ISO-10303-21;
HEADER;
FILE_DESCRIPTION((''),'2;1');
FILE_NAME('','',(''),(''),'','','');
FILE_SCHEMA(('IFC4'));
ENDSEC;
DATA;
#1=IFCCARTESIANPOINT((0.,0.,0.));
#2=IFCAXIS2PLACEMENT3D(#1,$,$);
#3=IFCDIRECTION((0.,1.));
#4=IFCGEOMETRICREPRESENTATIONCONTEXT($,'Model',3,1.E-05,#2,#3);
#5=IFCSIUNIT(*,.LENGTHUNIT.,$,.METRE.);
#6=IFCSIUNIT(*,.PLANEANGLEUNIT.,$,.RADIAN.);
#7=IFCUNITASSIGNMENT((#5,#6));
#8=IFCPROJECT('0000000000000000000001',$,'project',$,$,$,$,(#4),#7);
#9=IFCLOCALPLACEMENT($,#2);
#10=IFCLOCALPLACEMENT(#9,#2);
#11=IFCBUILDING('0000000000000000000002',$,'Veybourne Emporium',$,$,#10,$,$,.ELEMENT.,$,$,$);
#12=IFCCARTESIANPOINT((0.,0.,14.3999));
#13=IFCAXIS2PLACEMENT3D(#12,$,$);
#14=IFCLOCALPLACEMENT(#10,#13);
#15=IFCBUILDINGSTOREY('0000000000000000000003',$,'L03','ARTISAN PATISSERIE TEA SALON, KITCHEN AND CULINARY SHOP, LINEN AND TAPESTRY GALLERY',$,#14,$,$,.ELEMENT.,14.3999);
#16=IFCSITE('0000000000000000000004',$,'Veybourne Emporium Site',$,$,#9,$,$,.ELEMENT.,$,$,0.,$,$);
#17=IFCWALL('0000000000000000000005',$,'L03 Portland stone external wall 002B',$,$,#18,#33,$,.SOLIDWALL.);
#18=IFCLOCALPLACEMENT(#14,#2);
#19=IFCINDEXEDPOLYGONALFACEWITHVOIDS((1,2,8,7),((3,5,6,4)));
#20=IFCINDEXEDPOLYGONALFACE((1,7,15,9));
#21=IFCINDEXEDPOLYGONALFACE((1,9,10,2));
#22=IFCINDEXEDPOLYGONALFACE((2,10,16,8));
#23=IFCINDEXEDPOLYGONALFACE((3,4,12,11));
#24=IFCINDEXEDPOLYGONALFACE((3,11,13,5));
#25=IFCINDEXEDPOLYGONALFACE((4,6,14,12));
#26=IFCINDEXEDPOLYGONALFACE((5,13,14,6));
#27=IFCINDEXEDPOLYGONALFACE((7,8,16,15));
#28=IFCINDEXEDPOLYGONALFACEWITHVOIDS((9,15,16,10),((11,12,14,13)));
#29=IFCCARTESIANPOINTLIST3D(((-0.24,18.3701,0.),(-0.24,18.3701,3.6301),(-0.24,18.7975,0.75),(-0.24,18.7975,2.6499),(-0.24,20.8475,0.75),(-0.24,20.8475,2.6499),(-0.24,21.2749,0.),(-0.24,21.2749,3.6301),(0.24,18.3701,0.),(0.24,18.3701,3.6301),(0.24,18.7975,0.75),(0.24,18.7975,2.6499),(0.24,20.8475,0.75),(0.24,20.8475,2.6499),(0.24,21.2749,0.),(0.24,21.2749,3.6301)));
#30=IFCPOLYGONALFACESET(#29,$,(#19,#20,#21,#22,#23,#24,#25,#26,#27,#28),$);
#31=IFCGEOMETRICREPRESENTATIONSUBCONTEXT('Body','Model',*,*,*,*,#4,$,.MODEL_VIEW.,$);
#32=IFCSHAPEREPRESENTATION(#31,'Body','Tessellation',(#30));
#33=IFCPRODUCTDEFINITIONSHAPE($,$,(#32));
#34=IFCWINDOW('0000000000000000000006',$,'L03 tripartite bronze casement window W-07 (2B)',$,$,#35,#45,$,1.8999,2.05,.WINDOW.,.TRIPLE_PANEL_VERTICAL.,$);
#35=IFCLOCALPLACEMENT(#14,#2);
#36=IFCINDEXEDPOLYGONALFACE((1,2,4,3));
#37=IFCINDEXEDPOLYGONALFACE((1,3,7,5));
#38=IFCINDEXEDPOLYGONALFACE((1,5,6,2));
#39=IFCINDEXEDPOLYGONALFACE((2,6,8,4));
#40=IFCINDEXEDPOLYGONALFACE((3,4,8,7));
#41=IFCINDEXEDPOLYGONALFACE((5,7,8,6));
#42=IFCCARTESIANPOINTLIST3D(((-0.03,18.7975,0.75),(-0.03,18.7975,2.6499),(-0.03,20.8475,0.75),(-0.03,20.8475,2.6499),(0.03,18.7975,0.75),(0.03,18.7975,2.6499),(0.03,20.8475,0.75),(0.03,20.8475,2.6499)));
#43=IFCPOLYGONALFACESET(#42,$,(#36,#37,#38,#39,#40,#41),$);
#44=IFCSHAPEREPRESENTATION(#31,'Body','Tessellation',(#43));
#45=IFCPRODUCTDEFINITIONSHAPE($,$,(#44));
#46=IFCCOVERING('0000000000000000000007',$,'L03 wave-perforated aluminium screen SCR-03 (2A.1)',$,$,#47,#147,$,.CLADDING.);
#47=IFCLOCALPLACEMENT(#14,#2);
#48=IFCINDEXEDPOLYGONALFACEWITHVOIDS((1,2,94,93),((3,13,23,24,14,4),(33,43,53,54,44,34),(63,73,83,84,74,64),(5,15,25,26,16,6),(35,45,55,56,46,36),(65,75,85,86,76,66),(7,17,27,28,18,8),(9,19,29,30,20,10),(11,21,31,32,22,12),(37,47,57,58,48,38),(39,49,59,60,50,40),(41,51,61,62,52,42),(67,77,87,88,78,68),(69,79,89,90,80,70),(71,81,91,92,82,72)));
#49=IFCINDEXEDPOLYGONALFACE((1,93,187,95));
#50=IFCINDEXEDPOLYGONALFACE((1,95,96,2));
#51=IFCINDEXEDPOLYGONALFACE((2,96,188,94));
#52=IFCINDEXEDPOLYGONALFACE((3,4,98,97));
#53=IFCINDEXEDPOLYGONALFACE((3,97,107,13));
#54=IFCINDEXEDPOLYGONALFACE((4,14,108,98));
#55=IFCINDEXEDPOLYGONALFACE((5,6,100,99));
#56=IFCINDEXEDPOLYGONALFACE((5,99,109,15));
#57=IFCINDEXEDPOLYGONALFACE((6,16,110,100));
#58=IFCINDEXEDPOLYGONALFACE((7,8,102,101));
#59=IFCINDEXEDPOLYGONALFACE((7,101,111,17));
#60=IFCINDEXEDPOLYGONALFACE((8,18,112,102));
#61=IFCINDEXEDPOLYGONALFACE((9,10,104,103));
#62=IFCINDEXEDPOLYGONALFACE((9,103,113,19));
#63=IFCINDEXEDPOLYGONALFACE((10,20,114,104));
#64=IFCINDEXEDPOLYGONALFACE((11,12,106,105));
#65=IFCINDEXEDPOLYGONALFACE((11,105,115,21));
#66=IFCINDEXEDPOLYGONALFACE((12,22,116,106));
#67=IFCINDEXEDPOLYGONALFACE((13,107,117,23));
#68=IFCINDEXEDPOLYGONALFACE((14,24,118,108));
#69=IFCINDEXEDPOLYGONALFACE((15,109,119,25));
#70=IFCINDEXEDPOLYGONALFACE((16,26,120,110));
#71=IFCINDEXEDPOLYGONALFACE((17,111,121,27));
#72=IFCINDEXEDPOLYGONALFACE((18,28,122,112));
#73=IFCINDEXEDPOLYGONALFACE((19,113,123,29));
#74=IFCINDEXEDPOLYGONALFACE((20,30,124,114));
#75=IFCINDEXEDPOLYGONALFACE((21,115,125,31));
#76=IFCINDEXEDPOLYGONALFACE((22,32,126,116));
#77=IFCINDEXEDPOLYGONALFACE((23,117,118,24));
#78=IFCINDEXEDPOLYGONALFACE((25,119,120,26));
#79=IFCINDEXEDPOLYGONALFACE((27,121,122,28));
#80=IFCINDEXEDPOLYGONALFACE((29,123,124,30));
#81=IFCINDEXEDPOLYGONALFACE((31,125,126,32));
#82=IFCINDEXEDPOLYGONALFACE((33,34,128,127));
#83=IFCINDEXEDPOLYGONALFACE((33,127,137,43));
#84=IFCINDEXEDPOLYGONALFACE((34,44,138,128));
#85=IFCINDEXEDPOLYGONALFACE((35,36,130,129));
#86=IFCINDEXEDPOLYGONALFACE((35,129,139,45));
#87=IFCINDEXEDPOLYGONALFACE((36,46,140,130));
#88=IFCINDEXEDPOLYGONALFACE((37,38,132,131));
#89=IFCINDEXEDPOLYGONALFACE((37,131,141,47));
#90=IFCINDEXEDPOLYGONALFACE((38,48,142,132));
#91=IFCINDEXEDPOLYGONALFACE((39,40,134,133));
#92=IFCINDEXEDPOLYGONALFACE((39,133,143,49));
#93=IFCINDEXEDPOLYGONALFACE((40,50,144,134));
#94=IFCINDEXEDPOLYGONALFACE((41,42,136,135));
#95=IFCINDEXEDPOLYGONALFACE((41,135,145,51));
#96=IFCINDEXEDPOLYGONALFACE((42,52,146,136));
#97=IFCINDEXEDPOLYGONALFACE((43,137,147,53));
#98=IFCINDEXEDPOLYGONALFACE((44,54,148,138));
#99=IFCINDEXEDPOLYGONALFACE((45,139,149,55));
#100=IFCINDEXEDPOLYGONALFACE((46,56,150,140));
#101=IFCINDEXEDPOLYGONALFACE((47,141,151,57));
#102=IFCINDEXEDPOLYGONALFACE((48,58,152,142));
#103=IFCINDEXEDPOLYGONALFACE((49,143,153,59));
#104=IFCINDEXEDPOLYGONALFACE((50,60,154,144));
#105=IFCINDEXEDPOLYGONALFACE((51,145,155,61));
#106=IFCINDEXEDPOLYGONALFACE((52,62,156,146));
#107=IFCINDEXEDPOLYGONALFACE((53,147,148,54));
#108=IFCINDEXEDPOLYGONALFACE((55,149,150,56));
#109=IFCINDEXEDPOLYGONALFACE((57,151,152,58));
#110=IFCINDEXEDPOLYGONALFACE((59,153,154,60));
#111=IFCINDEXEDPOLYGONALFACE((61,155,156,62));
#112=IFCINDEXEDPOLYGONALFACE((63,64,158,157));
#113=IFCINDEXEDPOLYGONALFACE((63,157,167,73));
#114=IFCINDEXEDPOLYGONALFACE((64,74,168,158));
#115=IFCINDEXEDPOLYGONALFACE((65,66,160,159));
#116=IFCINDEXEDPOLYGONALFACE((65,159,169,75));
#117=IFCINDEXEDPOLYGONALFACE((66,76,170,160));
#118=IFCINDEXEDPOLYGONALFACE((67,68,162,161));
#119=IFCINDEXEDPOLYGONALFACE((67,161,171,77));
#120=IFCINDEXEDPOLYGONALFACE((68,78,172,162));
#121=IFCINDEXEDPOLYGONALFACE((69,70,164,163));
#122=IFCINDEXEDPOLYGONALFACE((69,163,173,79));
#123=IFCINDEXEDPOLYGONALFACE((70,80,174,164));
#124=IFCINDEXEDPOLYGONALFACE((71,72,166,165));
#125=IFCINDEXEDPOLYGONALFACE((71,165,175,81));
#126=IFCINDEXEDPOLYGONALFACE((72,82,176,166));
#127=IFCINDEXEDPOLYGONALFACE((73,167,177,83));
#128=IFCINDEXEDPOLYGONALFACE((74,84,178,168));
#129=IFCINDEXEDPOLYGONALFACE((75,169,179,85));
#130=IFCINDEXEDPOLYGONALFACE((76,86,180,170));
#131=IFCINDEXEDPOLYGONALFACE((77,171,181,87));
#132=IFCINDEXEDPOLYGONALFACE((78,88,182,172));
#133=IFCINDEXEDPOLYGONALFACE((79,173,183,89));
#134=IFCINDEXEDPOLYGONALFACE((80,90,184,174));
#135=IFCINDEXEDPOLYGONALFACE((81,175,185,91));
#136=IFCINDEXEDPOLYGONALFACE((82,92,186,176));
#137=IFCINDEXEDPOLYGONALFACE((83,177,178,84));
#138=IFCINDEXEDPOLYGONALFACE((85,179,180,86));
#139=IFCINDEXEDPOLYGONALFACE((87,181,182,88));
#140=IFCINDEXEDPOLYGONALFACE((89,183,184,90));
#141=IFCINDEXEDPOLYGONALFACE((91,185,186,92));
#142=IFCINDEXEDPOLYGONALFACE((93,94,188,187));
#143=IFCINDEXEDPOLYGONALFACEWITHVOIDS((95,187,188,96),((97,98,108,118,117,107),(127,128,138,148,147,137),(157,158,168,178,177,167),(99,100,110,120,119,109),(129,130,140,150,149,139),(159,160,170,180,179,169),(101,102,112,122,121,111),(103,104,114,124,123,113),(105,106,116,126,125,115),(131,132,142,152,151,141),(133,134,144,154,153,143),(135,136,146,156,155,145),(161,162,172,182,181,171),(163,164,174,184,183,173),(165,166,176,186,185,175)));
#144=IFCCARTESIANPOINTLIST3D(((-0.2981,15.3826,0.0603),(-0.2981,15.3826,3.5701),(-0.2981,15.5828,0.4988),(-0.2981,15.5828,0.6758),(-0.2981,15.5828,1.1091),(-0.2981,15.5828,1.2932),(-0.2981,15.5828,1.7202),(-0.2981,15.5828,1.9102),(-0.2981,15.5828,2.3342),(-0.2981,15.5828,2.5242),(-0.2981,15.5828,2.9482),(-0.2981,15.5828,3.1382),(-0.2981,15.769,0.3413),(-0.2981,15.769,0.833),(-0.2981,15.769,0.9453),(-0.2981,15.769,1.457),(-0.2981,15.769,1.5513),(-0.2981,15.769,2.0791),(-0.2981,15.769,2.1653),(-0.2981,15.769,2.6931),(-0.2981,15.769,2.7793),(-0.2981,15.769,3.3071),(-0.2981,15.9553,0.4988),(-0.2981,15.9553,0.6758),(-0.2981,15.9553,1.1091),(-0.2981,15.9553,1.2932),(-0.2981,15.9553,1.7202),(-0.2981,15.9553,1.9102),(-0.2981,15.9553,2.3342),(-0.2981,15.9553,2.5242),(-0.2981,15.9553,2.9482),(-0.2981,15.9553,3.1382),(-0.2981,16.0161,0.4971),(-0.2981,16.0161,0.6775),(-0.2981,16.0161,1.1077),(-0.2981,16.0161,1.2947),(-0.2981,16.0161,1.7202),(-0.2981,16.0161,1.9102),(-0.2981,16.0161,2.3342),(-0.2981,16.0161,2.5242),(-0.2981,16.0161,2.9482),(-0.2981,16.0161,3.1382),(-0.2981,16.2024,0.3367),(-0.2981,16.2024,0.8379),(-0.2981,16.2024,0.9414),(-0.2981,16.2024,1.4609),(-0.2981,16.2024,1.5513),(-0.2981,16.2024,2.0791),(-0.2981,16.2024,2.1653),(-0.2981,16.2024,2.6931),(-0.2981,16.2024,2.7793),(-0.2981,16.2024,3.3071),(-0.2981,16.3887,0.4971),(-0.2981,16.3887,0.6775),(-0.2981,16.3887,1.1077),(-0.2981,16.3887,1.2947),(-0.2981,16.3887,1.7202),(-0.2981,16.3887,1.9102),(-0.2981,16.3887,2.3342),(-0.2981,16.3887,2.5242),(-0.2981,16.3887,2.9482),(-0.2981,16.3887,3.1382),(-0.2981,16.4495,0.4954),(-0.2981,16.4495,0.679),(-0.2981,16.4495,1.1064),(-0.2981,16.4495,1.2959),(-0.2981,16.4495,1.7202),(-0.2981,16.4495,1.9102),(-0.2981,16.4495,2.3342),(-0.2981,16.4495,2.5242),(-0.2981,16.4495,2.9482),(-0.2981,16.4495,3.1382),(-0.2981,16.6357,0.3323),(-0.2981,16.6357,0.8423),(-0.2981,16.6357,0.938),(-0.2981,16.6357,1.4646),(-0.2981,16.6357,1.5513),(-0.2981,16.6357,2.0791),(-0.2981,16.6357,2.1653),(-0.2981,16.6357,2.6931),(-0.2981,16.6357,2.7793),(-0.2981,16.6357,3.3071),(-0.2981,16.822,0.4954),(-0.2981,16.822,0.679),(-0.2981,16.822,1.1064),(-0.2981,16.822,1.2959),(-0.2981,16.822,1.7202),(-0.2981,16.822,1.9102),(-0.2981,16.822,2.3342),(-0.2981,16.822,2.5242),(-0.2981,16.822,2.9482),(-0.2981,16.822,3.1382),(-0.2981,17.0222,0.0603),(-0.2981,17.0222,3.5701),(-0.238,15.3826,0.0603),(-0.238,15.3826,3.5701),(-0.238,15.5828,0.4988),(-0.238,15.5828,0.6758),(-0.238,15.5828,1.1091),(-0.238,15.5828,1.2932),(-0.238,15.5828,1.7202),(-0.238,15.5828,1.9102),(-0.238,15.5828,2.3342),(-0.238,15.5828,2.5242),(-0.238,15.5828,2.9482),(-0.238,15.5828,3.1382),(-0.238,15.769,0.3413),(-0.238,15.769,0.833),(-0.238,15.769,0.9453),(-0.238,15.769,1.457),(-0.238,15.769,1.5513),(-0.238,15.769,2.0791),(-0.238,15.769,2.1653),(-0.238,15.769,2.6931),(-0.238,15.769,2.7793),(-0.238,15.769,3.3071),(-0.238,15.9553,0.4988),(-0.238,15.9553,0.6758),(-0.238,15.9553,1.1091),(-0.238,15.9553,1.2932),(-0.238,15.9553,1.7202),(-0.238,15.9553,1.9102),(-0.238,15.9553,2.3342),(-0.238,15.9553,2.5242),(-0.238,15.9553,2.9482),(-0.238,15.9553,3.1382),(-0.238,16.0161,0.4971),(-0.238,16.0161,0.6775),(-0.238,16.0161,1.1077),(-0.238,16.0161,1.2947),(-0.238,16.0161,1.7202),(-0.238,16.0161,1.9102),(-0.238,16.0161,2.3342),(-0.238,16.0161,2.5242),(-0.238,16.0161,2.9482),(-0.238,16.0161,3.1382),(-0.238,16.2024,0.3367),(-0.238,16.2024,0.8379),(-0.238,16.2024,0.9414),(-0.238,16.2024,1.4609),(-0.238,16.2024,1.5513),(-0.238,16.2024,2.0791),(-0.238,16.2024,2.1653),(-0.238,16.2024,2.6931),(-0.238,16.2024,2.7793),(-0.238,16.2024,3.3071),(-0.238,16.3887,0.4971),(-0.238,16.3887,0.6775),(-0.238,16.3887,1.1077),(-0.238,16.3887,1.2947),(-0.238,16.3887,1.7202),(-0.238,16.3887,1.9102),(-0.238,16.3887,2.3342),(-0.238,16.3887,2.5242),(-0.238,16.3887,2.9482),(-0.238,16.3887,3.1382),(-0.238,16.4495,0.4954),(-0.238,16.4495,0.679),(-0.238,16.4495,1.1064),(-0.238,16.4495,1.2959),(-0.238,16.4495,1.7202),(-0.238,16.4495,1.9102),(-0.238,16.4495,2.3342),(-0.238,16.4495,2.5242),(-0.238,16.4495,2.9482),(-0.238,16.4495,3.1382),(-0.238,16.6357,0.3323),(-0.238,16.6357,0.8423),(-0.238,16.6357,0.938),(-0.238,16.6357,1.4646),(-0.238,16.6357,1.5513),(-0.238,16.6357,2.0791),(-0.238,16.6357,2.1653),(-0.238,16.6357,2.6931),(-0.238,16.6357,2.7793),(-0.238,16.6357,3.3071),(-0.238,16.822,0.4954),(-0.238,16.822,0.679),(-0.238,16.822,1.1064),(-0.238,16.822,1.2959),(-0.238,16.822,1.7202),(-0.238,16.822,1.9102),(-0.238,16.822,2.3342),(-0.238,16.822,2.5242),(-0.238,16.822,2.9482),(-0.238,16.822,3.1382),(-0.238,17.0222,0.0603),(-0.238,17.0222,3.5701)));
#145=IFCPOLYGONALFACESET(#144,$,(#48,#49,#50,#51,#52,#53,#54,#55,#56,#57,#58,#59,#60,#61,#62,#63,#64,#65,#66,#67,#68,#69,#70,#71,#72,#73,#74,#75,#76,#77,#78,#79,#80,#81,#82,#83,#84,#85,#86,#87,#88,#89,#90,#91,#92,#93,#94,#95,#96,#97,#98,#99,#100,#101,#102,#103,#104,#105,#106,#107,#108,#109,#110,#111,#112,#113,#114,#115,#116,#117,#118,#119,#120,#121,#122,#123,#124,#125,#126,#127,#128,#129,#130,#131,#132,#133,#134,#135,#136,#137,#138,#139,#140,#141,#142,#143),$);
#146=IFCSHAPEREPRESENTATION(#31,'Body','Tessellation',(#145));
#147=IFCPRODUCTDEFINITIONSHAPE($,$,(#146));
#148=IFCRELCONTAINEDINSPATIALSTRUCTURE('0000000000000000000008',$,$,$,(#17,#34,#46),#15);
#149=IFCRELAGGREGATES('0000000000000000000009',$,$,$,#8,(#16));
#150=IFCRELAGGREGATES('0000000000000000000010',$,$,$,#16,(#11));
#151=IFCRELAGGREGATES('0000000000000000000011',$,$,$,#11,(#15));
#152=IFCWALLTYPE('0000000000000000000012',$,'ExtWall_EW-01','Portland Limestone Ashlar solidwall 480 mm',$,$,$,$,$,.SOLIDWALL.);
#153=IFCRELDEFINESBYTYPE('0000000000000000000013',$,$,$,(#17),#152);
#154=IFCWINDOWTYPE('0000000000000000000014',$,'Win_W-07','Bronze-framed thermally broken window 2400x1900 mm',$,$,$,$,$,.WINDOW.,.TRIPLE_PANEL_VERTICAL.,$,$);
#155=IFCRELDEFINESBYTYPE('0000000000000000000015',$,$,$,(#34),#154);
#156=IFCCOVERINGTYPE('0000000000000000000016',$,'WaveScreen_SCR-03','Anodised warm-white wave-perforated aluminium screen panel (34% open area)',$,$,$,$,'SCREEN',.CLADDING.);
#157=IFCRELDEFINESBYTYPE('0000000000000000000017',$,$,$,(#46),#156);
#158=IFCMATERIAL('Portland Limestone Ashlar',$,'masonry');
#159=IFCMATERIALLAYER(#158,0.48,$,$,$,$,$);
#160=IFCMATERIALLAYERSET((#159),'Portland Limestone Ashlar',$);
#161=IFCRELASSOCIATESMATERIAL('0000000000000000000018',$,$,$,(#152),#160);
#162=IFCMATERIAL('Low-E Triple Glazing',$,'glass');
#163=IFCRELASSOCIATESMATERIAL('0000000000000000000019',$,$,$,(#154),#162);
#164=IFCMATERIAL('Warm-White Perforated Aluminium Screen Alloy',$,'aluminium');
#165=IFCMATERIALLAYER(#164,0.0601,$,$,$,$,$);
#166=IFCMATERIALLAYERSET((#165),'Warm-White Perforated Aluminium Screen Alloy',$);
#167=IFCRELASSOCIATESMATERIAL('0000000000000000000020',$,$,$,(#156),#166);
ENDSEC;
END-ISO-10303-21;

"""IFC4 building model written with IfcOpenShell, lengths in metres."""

from ifc_helpers import new_model, si_unit, direction, frame, frame_2d, origin, place, context, subcontext, project, spatial, polyline, rectangle, outline, extrude, material, layer, layer_set, type_object, element, fill, save


model = new_model("IFC4")

# Units and contexts
model_context = context("Model", 3, precision=1e-05, world=origin(), true_north=direction((0.0, 1.0)))
body_context = subcontext(model_context, "Body", "Model", "MODEL_VIEW")
ifc_project = project(units=[si_unit("LENGTHUNIT", "METRE"), si_unit("PLANEANGLEUNIT", "RADIAN")], contexts=[model_context])

# Site, building, storey
site_placement = place(None, origin())
site = spatial("IfcSite", under=ifc_project, at=site_placement, Name="Veybourne Emporium Site", CompositionType="ELEMENT", RefElevation=0.0)
building_placement = place(site_placement, origin())
building = spatial("IfcBuilding", under=site, at=building_placement, Name="Veybourne Emporium", CompositionType="ELEMENT")
storey_placement = place(building_placement, frame((0.0, 0.0, 14.3999)))
storey = spatial("IfcBuildingStorey", under=building, at=storey_placement, Name="L03", Description="ARTISAN PATISSERIE TEA SALON, KITCHEN AND CULINARY SHOP, LINEN AND TAPESTRY GALLERY", CompositionType="ELEMENT", Elevation=14.3999)

# Shared definitions
ifc_material_1 = material(Name="Low-E Triple Glazing", Category="glass")

# Wall, opening, window
ifc_material_2 = material(Name="Portland Limestone Ashlar", Category="masonry")
ifc_layer_1 = layer(ifc_material_2, 0.48)
ifc_layer_set_1 = layer_set([ifc_layer_1], Name="Portland Limestone Ashlar")
wall_type = type_object("IfcWallType", Name="ExtWall_EW-01", Description="Portland Limestone Ashlar solidwall 480 mm", PredefinedType="SOLIDWALL", material=ifc_layer_set_1)
wall_1_placement = place(storey_placement, frame((0.0, 18.3701, 0.0), z_axis=(0.0, 0.0, 1.0), x_axis=(0.0, 1.0, 0.0)))
wall_1 = element("IfcWall", 1, at=wall_1_placement, inside=storey, type_object=wall_type, Name="L03 Portland stone external wall 002B", PredefinedType="SOLIDWALL", context=body_context, shape_type="SweptSolid", body=[
    extrude(rectangle(XDim=2.9048, YDim=0.48, at=frame_2d((1.4524, 0.0))), origin(), (0.0, 0.0, 1.0), 3.6301),
])
opening_1_placement = place(wall_1_placement, frame((0.4275, 0.0, 0.75)))
opening_1 = element("IfcOpeningElement", 2, at=opening_1_placement, cuts=wall_1, PredefinedType="OPENING", context=body_context, shape_type="SweptSolid", body=[
    extrude(rectangle(XDim=2.05, YDim=1.8999, at=frame_2d((1.0249, 0.95))), frame((0.0, 0.26, 0.0), z_axis=(0.0, -1.0, 0.0), x_axis=(1.0, 0.0, 0.0)), (0.0, 0.0, 1.0), 0.52),
])
window_type_1 = type_object("IfcWindowType", Name="Win_W-07", Description="Bronze-framed thermally broken window 2400x1900 mm", PartitioningType="TRIPLE_PANEL_VERTICAL", PredefinedType="WINDOW", material=ifc_material_1)
window_1_placement = place(opening_1_placement, origin())
window_1 = element("IfcWindow", 3, at=window_1_placement, inside=storey, type_object=window_type_1, Name="L03 tripartite bronze casement window W-07 (2B)", OverallHeight=1.8999, OverallWidth=2.05, PartitioningType="TRIPLE_PANEL_VERTICAL", PredefinedType="WINDOW", context=body_context, shape_type="SweptSolid", body=[
    extrude(rectangle(XDim=2.05, YDim=1.8999, at=frame_2d((1.0249, 0.95))), frame((0.0, 0.03, 0.0), z_axis=(0.0, -1.0, 0.0), x_axis=(1.0, 0.0, 0.0)), (0.0, 0.0, 1.0), 0.0601),
])
fill(opening_1, window_1)

# Covering
ifc_material_3 = material(Name="Warm-White Perforated Aluminium Screen Alloy", Category="aluminium")
ifc_layer_2 = layer(ifc_material_3, 0.0601)
ifc_layer_set_2 = layer_set([ifc_layer_2], Name="Warm-White Perforated Aluminium Screen Alloy")
covering_type = type_object("IfcCoveringType", Name="WaveScreen_SCR-03", Description="Anodised warm-white wave-perforated aluminium screen panel (34% open area)", ElementType="SCREEN", PredefinedType="CLADDING", material=ifc_layer_set_2)
covering_1_placement = place(storey_placement, frame((-0.2981, 16.2024, 1.8152), z_axis=(1.0, 0.0, 0.0), x_axis=(0.0, 1.0, 0.0)))
element("IfcCovering", 4, at=covering_1_placement, inside=storey, type_object=covering_type, Name="L03 wave-perforated aluminium screen SCR-03 (2A.1)", PredefinedType="CLADDING", context=body_context, shape_type="SweptSolid", body=[
    extrude(outline(polyline([(-0.8198, -1.7549), (0.8198, -1.7549), (0.8198, 1.7549), (-0.8198, 1.7549), (-0.8198, -1.7549)]), holes=[polyline([(-0.4333, -0.9822), (-0.2471, -1.1394), (-0.2471, -1.3164), (-0.4333, -1.4739), (-0.6196, -1.3164), (-0.6196, -1.1394), (-0.4333, -0.9822)]), polyline([(-0.4333, -0.3582), (-0.2471, -0.522), (-0.2471, -0.7061), (-0.4333, -0.8699), (-0.6196, -0.7061), (-0.6196, -0.522), (-0.4333, -0.3582)]), polyline([(-0.4333, 0.2639), (-0.2471, 0.095), (-0.2471, -0.095), (-0.4333, -0.2639), (-0.6196, -0.095), (-0.6196, 0.095), (-0.4333, 0.2639)]), polyline([(-0.4333, 0.8779), (-0.2471, 0.709), (-0.2471, 0.519), (-0.4333, 0.3501), (-0.6196, 0.519), (-0.6196, 0.709), (-0.4333, 0.8779)]), polyline([(-0.4333, 1.4919), (-0.2471, 1.323), (-0.2471, 1.1331), (-0.4333, 0.9641), (-0.6196, 1.1331), (-0.6196, 1.323), (-0.4333, 1.4919)]), polyline([(0.0, -0.9773), (0.1863, -1.1377), (0.1863, -1.3181), (0.0, -1.4785), (-0.1863, -1.3181), (-0.1863, -1.1377), (0.0, -0.9773)]), polyline([(0.0, -0.3542), (0.1863, -0.5205), (0.1863, -0.7075), (0.0, -0.8738), (-0.1863, -0.7075), (-0.1863, -0.5205), (0.0, -0.3542)]), polyline([(0.0, 0.2639), (0.1863, 0.095), (0.1863, -0.095), (0.0, -0.2639), (-0.1863, -0.095), (-0.1863, 0.095), (0.0, 0.2639)]), polyline([(0.0, 0.8779), (0.1863, 0.709), (0.1863, 0.519), (0.0, 0.3501), (-0.1863, 0.519), (-0.1863, 0.709), (0.0, 0.8779)]), polyline([(0.0, 1.4919), (0.1863, 1.323), (0.1863, 1.1331), (0.0, 0.9641), (-0.1863, 1.1331), (-0.1863, 1.323), (0.0, 1.4919)]), polyline([(0.4333, -0.9729), (0.6196, -1.1362), (0.6196, -1.3198), (0.4333, -1.4829), (0.2471, -1.3198), (0.2471, -1.1362), (0.4333, -0.9729)]), polyline([(0.4333, -0.3506), (0.6196, -0.5193), (0.6196, -0.7087), (0.4333, -0.8772), (0.2471, -0.7087), (0.2471, -0.5193), (0.4333, -0.3506)]), polyline([(0.4333, 0.2639), (0.6196, 0.095), (0.6196, -0.095), (0.4333, -0.2639), (0.2471, -0.095), (0.2471, 0.095), (0.4333, 0.2639)]), polyline([(0.4333, 0.8779), (0.6196, 0.709), (0.6196, 0.519), (0.4333, 0.3501), (0.2471, 0.519), (0.2471, 0.709), (0.4333, 0.8779)]), polyline([(0.4333, 1.4919), (0.6196, 1.323), (0.6196, 1.1331), (0.4333, 0.9641), (0.2471, 1.1331), (0.2471, 1.323), (0.4333, 1.4919)])]), origin(), (0.0, 0.0, 1.0), 0.0601),
])

save(model, "model.ifc")
